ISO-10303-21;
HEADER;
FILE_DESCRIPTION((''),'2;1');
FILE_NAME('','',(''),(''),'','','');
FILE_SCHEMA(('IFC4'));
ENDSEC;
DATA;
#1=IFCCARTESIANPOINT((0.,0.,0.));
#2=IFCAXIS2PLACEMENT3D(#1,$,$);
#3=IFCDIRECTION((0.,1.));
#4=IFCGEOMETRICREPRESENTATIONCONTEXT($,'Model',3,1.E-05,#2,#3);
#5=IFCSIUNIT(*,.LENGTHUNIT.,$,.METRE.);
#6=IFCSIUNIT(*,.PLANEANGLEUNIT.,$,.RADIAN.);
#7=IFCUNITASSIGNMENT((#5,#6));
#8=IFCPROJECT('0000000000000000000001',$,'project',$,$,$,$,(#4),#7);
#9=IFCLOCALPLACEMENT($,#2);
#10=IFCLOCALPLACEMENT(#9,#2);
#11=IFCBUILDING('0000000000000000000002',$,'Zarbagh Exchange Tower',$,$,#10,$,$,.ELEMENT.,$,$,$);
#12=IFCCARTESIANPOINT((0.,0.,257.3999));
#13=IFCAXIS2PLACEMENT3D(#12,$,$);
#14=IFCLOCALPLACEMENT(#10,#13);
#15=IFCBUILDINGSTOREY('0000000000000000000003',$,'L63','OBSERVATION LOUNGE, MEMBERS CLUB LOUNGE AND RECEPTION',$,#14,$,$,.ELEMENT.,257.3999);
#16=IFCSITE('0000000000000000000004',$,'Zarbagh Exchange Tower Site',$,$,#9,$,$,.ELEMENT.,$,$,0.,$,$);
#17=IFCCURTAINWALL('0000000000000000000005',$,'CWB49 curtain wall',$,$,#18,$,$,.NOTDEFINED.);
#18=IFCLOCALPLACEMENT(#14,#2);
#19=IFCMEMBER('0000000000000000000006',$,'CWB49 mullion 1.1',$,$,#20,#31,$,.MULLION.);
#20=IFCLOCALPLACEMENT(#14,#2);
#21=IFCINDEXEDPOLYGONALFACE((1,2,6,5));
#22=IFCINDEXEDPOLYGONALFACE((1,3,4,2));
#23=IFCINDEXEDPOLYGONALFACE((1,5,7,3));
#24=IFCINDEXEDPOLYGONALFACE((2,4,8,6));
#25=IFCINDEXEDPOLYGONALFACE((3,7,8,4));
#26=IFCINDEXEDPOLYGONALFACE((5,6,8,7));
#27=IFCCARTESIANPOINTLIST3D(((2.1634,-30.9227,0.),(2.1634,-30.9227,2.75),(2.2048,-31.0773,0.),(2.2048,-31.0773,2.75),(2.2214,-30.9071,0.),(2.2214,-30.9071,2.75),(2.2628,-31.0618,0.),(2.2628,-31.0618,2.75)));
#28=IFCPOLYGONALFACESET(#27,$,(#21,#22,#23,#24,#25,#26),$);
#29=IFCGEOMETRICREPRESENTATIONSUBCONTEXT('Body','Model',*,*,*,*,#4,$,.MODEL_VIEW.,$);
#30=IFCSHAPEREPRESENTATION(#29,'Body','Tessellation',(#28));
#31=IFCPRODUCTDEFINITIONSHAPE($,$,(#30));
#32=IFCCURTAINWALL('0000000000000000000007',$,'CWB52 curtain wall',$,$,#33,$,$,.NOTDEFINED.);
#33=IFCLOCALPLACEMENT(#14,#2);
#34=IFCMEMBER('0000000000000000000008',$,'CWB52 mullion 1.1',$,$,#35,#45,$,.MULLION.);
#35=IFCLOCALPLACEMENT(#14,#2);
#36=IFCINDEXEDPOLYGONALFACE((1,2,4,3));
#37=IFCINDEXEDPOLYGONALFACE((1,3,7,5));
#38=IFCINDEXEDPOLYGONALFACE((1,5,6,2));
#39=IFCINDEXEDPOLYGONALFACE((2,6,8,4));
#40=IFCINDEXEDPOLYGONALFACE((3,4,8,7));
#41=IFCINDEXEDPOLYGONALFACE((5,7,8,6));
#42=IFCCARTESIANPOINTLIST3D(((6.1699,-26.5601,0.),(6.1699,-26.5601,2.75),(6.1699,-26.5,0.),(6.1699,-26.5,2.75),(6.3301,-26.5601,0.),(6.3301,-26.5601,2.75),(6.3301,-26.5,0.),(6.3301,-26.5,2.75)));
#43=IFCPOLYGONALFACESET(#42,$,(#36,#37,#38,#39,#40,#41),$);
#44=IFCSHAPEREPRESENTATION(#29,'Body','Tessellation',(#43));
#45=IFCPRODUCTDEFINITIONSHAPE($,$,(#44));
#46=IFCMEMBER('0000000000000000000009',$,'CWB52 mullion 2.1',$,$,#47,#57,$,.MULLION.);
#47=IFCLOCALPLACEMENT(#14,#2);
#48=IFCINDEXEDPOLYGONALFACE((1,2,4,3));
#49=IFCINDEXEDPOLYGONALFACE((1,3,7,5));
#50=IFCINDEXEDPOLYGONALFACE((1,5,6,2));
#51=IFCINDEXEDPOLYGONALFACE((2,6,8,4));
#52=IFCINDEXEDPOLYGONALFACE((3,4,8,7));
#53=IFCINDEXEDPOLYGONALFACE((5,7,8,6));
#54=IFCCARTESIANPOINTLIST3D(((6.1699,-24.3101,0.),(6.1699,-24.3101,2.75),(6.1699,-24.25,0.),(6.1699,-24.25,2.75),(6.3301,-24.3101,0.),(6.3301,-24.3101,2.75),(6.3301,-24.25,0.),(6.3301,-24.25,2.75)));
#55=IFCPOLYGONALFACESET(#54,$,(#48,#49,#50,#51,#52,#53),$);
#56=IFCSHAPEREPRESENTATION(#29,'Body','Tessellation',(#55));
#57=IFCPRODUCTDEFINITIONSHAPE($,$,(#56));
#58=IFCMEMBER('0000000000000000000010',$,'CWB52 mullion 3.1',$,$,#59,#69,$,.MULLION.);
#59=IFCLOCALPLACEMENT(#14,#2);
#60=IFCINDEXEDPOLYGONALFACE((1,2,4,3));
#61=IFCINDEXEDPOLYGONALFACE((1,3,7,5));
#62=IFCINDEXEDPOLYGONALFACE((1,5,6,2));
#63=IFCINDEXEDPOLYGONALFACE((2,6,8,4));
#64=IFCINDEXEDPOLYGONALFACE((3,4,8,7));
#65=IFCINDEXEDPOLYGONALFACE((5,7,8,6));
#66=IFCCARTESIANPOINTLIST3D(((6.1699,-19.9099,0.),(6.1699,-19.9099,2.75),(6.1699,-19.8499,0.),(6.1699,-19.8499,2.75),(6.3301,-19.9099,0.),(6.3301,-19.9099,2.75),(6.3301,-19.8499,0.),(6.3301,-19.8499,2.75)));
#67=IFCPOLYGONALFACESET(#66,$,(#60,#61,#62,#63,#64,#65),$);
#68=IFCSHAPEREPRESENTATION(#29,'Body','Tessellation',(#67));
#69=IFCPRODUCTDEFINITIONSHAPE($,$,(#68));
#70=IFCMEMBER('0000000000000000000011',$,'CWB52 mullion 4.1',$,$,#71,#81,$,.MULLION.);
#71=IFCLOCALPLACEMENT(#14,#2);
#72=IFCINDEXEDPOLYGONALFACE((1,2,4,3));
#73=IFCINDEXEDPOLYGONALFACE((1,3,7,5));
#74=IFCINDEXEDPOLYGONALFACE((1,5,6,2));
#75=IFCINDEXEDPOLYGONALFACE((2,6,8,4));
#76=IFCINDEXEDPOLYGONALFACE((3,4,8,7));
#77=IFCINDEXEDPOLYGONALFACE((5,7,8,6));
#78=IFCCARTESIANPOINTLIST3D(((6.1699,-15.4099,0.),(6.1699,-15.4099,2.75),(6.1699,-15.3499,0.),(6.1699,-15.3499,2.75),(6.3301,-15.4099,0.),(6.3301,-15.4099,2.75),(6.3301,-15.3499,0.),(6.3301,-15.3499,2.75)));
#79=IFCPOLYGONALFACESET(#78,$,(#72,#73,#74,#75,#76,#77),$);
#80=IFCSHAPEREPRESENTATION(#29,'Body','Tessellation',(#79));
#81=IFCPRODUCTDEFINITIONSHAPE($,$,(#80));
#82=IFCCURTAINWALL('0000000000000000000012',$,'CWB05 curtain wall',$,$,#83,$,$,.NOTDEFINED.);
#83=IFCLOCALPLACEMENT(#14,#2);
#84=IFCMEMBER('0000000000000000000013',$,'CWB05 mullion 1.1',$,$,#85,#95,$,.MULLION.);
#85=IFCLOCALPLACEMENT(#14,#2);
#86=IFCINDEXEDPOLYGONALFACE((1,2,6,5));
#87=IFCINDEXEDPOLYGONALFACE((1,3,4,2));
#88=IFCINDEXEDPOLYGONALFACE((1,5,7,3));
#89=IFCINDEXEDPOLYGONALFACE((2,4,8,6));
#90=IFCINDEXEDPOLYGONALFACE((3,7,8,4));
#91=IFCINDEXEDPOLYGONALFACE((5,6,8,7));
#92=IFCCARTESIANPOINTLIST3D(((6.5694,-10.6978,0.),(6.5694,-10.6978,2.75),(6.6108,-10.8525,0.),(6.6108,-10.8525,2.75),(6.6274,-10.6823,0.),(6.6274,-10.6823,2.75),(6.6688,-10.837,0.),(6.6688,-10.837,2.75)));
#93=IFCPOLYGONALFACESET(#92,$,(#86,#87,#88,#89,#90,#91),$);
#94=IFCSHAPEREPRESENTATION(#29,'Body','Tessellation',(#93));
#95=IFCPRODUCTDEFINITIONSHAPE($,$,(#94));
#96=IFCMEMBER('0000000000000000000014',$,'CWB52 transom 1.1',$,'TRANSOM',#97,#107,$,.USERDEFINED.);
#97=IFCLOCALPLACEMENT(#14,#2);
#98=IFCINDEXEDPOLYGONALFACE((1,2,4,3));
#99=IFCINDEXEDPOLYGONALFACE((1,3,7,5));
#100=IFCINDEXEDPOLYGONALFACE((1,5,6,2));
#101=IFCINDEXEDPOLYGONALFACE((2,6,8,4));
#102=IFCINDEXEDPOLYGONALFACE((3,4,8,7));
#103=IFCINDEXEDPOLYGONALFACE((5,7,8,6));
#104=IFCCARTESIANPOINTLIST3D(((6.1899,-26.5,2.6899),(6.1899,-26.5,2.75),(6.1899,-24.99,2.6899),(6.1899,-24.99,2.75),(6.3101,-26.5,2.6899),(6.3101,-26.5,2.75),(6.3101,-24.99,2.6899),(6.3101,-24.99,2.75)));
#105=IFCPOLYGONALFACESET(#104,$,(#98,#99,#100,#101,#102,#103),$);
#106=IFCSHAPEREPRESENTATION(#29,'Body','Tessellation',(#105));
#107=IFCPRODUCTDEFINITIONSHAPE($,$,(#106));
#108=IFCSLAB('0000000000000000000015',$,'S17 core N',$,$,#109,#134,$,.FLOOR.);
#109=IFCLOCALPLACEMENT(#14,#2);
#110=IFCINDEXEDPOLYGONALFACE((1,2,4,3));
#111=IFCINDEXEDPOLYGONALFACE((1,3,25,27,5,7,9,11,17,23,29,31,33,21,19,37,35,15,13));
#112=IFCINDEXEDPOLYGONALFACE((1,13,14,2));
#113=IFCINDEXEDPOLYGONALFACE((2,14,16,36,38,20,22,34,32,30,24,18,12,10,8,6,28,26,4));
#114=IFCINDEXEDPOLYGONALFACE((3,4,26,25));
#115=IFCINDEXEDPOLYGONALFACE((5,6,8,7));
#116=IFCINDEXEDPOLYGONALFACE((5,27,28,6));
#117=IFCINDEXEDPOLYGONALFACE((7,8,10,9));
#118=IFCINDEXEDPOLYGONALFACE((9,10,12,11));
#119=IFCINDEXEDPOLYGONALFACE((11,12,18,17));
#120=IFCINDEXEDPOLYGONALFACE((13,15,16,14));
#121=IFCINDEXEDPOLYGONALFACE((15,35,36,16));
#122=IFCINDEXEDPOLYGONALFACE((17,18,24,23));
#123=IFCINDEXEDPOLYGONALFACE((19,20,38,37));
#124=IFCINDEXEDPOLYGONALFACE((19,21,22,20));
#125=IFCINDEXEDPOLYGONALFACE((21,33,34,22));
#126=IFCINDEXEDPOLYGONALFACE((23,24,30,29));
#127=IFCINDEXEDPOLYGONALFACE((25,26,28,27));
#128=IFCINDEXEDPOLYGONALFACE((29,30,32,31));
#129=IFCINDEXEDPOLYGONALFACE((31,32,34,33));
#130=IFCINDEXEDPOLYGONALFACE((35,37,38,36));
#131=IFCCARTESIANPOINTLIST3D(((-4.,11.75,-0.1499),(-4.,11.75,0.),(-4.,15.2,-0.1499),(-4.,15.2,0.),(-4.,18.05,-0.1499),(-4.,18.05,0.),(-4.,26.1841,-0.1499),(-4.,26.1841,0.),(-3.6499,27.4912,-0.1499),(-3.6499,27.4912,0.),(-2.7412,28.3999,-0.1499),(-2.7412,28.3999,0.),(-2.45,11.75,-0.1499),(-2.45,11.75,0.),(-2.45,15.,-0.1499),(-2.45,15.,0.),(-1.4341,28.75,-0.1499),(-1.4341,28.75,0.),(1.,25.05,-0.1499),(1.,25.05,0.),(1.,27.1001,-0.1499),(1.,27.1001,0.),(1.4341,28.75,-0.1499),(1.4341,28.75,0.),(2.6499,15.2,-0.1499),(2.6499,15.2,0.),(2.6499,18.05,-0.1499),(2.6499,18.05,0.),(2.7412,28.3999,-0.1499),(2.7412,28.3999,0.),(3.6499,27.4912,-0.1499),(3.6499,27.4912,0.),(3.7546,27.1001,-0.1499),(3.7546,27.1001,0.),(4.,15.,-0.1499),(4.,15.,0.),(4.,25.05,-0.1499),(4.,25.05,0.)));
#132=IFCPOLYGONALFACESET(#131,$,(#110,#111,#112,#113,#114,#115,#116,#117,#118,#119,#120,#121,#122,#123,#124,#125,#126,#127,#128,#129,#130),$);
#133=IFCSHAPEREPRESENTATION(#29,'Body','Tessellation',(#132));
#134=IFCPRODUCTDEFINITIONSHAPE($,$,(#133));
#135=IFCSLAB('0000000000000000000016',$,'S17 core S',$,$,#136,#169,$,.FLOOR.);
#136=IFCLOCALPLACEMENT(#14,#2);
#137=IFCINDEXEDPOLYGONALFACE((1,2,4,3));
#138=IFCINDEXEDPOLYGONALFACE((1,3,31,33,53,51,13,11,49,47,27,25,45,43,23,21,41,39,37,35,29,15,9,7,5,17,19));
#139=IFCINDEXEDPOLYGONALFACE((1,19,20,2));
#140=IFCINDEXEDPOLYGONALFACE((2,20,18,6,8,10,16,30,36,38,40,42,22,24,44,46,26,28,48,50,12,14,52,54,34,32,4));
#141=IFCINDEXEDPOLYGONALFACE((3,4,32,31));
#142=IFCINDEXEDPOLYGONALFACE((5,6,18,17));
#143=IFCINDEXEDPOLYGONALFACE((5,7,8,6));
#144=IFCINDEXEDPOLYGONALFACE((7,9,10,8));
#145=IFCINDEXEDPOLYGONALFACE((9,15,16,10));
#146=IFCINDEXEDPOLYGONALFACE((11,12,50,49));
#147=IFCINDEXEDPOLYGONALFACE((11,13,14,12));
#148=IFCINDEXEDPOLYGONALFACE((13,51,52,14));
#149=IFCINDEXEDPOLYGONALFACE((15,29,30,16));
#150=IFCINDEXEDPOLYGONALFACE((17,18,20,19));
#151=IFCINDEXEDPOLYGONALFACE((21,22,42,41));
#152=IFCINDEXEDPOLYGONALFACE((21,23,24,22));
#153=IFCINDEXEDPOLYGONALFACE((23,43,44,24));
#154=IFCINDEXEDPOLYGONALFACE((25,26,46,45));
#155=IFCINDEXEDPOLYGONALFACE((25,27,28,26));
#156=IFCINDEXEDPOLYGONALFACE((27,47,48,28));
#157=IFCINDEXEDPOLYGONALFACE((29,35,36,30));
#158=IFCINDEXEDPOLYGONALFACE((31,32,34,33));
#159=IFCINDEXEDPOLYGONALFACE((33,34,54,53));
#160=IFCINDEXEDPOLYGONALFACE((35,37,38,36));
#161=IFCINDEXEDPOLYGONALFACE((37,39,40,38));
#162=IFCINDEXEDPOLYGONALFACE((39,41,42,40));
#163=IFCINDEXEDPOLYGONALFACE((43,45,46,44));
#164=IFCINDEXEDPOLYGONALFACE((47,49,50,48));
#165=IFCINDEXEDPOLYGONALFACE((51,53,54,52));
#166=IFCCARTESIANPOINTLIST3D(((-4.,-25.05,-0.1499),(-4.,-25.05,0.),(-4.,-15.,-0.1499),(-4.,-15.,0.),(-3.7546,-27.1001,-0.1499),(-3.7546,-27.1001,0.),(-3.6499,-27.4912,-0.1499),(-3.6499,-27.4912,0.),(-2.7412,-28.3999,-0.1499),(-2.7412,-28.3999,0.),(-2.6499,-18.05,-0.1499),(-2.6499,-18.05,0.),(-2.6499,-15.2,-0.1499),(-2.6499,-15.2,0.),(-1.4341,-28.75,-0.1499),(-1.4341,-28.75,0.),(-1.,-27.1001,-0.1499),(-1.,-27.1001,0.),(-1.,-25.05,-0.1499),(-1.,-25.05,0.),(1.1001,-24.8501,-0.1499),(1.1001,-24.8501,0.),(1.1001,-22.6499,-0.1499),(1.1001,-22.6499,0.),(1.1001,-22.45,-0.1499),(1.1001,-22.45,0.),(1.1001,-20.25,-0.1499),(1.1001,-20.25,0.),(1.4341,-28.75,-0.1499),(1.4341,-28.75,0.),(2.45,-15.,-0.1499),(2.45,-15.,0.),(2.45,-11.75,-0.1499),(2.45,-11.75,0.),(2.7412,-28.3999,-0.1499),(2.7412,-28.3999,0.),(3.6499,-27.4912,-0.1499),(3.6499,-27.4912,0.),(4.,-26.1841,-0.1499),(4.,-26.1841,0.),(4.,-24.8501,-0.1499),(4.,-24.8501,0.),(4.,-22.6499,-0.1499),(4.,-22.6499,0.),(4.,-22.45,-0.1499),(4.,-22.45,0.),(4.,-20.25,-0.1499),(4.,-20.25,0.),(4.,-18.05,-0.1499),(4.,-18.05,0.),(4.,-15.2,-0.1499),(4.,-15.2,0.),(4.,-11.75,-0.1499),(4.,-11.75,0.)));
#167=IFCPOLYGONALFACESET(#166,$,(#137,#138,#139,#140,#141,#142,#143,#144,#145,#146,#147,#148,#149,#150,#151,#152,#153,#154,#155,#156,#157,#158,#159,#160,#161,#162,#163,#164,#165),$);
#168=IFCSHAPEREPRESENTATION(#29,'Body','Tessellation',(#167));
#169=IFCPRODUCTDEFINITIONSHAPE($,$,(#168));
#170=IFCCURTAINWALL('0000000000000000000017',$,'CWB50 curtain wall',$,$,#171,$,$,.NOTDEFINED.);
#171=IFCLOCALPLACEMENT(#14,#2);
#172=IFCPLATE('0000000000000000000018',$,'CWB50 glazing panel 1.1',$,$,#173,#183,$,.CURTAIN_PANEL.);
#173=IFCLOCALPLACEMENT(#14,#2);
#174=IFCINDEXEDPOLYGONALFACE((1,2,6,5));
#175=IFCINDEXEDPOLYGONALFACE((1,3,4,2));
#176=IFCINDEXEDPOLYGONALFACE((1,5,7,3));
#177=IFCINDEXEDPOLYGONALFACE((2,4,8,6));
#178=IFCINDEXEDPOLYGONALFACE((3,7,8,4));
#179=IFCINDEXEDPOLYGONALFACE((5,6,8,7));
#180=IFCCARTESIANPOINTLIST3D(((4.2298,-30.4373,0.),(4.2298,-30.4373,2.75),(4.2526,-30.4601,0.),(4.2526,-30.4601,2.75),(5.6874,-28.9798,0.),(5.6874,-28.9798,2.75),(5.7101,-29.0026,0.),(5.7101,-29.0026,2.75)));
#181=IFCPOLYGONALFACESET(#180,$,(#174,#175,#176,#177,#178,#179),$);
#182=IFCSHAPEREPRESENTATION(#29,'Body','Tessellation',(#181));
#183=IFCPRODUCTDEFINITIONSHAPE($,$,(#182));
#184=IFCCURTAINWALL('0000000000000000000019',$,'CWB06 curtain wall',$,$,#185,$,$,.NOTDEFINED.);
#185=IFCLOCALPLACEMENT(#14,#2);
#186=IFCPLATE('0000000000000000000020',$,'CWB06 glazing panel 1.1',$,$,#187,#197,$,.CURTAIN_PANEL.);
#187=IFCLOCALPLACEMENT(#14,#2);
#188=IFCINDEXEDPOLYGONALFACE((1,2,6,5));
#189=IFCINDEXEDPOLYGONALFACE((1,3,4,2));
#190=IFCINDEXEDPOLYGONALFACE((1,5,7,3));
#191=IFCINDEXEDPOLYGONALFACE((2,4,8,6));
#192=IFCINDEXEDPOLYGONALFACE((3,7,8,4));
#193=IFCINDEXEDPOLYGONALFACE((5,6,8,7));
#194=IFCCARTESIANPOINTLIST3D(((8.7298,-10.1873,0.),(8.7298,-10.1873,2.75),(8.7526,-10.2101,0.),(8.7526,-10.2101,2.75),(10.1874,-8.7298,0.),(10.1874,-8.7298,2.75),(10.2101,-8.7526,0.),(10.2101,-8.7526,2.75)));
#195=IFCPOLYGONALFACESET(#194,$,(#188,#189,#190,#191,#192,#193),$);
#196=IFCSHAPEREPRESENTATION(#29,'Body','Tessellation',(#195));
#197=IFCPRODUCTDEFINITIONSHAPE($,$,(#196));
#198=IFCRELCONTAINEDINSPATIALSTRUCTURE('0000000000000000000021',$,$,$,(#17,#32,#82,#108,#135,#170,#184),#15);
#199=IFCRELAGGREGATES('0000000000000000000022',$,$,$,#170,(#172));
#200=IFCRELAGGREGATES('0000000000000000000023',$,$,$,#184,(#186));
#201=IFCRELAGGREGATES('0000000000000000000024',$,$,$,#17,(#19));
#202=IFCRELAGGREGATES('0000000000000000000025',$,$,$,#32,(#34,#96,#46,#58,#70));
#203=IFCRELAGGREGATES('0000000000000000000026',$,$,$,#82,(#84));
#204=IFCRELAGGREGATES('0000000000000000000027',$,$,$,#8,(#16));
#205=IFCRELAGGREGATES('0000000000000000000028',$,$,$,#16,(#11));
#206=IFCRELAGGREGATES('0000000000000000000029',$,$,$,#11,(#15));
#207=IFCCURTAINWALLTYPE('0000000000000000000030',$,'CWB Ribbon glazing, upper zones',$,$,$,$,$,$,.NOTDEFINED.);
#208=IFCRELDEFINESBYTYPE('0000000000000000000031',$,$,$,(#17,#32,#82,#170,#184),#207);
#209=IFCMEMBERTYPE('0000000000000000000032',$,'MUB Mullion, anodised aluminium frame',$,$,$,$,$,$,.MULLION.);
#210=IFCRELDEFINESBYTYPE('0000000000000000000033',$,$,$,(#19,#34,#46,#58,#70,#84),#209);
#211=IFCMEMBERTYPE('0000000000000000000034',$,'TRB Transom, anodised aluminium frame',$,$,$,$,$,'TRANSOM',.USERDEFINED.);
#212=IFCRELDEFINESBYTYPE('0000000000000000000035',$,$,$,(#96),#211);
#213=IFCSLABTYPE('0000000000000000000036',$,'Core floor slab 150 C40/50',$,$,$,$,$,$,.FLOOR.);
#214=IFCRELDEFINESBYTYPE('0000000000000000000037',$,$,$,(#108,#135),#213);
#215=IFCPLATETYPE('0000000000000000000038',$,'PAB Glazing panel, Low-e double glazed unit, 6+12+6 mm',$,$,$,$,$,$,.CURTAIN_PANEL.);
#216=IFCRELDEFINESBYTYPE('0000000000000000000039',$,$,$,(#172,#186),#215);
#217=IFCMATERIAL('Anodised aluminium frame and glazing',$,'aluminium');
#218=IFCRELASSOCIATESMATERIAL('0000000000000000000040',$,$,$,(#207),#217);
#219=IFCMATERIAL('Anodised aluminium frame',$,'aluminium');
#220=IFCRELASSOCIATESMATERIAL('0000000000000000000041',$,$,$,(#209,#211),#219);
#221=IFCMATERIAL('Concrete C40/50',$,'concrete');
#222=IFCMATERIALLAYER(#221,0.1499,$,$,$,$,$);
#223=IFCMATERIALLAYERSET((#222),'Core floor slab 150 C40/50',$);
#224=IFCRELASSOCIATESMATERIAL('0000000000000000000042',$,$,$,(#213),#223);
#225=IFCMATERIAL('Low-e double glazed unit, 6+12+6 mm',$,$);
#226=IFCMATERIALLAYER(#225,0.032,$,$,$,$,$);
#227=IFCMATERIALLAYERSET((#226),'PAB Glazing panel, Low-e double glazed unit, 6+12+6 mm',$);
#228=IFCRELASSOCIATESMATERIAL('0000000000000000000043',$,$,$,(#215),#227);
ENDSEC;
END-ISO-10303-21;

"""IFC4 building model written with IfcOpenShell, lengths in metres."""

from ifc_helpers import new_model, si_unit, direction, frame, origin, place, context, subcontext, project, spatial, polyline, outline, extrude, source, transform, mapped, material, layer, layer_set, type_object, element, aggregate, save


model = new_model("IFC4")

# Units and contexts
model_context = context("Model", 3, precision=1e-05, world=origin(), true_north=direction((0.0, 1.0)))
body_context = subcontext(model_context, "Body", "Model", "MODEL_VIEW")
ifc_project = project(units=[si_unit("LENGTHUNIT", "METRE"), si_unit("PLANEANGLEUNIT", "RADIAN")], contexts=[model_context])

# Site, building, storey
site_placement = place(None, origin())
site = spatial("IfcSite", under=ifc_project, at=site_placement, Name="Zarbagh Exchange Tower Site", CompositionType="ELEMENT", RefElevation=0.0)
building_placement = place(site_placement, origin())
building = spatial("IfcBuilding", under=site, at=building_placement, Name="Zarbagh Exchange Tower", CompositionType="ELEMENT")
storey_placement = place(building_placement, frame((0.0, 0.0, 257.3999)))
storey = spatial("IfcBuildingStorey", under=building, at=storey_placement, Name="L63", Description="OBSERVATION LOUNGE, MEMBERS CLUB LOUNGE AND RECEPTION", CompositionType="ELEMENT", Elevation=257.3999)

# Curtain wall, member
ifc_material_1 = material(Name="Anodised aluminium frame and glazing", Category="aluminium")
curtain_wall_type = type_object("IfcCurtainWallType", Name="CWB Ribbon glazing, upper zones", PredefinedType="NOTDEFINED", material=ifc_material_1)
curtain_wall_1_placement = place(storey_placement, origin())
curtain_wall_1 = element("IfcCurtainWall", 1, at=curtain_wall_1_placement, inside=storey, type_object=curtain_wall_type, Name="CWB49 curtain wall", PredefinedType="NOTDEFINED")
ifc_material_2 = material(Name="Anodised aluminium frame", Category="aluminium")
member_type_1 = type_object("IfcMemberType", Name="MUB Mullion, anodised aluminium frame", PredefinedType="MULLION", material=ifc_material_2)
shared_shape_1 = source(origin(), body_context, "Body", "SweptSolid", [
    extrude(outline(polyline([(0.0, -0.0801), (0.0601, -0.0801), (0.0601, 0.0801), (0.0, 0.0801), (0.0, -0.0801)])), origin(), (0.0, 0.0, 1.0), 2.75),
])
placement = place(storey_placement, origin())
member_1 = element("IfcMember", 2, at=placement, type_object=member_type_1, Name="CWB49 mullion 1.1", PredefinedType="MULLION", context=body_context, shape_type="MappedRepresentation", body=[
    mapped(shared_shape_1, transform((2.1841, -31.0, 0.0), x_axis=(0.965924, 0.258825, 0.0), y_axis=(-0.258825, 0.965924, 0.0), z_axis=(0.0, 0.0, 1.0))),
])

# Curtain wall, members
curtain_wall_2_placement = place(storey_placement, origin())
curtain_wall_2 = element("IfcCurtainWall", 3, at=curtain_wall_2_placement, inside=storey, type_object=curtain_wall_type, Name="CWB52 curtain wall", PredefinedType="NOTDEFINED")
member_2 = element("IfcMember", 4, at=placement, type_object=member_type_1, Name="CWB52 mullion 1.1", PredefinedType="MULLION", context=body_context, shape_type="MappedRepresentation", body=[
    mapped(shared_shape_1, transform((6.25, -26.5601, 0.0), x_axis=(0.0, 1.0, 0.0), y_axis=(-1.0, 0.0, 0.0), z_axis=(0.0, 0.0, 1.0))),
])
member_3 = element("IfcMember", 5, at=placement, type_object=member_type_1, Name="CWB52 mullion 2.1", PredefinedType="MULLION", context=body_context, shape_type="MappedRepresentation", body=[
    mapped(shared_shape_1, transform((6.25, -24.3101, 0.0), x_axis=(0.0, 1.0, 0.0), y_axis=(-1.0, 0.0, 0.0), z_axis=(0.0, 0.0, 1.0))),
])
member_4 = element("IfcMember", 6, at=placement, type_object=member_type_1, Name="CWB52 mullion 3.1", PredefinedType="MULLION", context=body_context, shape_type="MappedRepresentation", body=[
    mapped(shared_shape_1, transform((6.25, -19.9099, 0.0), x_axis=(0.0, 1.0, 0.0), y_axis=(-1.0, 0.0, 0.0), z_axis=(0.0, 0.0, 1.0))),
])
member_5 = element("IfcMember", 7, at=placement, type_object=member_type_1, Name="CWB52 mullion 4.1", PredefinedType="MULLION", context=body_context, shape_type="MappedRepresentation", body=[
    mapped(shared_shape_1, transform((6.25, -15.4099, 0.0), x_axis=(0.0, 1.0, 0.0), y_axis=(-1.0, 0.0, 0.0), z_axis=(0.0, 0.0, 1.0))),
])

# Curtain wall, member
curtain_wall_3_placement = place(storey_placement, origin())
curtain_wall_3 = element("IfcCurtainWall", 8, at=curtain_wall_3_placement, inside=storey, type_object=curtain_wall_type, Name="CWB05 curtain wall", PredefinedType="NOTDEFINED")
member_6 = element("IfcMember", 9, at=placement, type_object=member_type_1, Name="CWB05 mullion 1.1", PredefinedType="MULLION", context=body_context, shape_type="MappedRepresentation", body=[
    mapped(shared_shape_1, transform((6.5901, -10.7751, 0.0), x_axis=(0.965924, 0.258825, 0.0), y_axis=(-0.258825, 0.965924, 0.0), z_axis=(0.0, 0.0, 1.0))),
])

# Member
member_type_2 = type_object("IfcMemberType", Name="TRB Transom, anodised aluminium frame", ElementType="TRANSOM", PredefinedType="USERDEFINED", material=ifc_material_2)
shared_shape_2 = source(origin(), body_context, "Body", "SweptSolid", [
    extrude(outline(polyline([(-0.0601, -0.0601), (0.0, -0.0601), (0.0, 0.0601), (-0.0601, 0.0601), (-0.0601, -0.0601)])), origin(), (0.0, 0.0, 1.0), 1.51),
])
member_7 = element("IfcMember", 10, at=placement, type_object=member_type_2, Name="CWB52 transom 1.1", ObjectType="TRANSOM", PredefinedType="USERDEFINED", context=body_context, shape_type="MappedRepresentation", body=[
    mapped(shared_shape_2, transform((6.25, -26.5, 2.75), x_axis=(0.0, 0.0, 1.0), y_axis=(1.0, 0.0, 0.0), z_axis=(0.0, 1.0, 0.0))),
])

# Slabs
ifc_material_3 = material(Name="Concrete C40/50", Category="concrete")
ifc_layer_1 = layer(ifc_material_3, 0.1499)
ifc_layer_set_1 = layer_set([ifc_layer_1], Name="Core floor slab 150 C40/50")
slab_type = type_object("IfcSlabType", Name="Core floor slab 150 C40/50", PredefinedType="FLOOR", material=ifc_layer_set_1)
slab_1_placement = place(storey_placement, frame((0.0, 0.0, -0.1499)))
element("IfcSlab", 11, at=slab_1_placement, inside=storey, type_object=slab_type, Name="S17 core N", PredefinedType="FLOOR", context=body_context, shape_type="SweptSolid", body=[
    extrude(outline(polyline([(-4.0, 11.75), (-4.0, 15.2), (2.6499, 15.2), (2.6499, 18.05), (-4.0, 18.05), (-4.0, 26.1841), (-3.6499, 27.4912), (-2.7412, 28.3999), (-1.4341, 28.75), (1.4341, 28.75), (2.7412, 28.3999), (3.6499, 27.4912), (3.8577, 26.7151), (3.7546, 27.1001), (1.0, 27.1001), (1.0, 25.05), (4.0, 25.05), (4.0, 15.0), (-2.45, 15.0), (-2.45, 11.75), (-4.0, 11.75)])), origin(), (0.0, 0.0, 1.0), 0.1499),
])
slab_2_placement = place(storey_placement, frame((0.0, 0.0, -0.1499)))
element("IfcSlab", 12, at=slab_2_placement, inside=storey, type_object=slab_type, Name="S17 core S", PredefinedType="FLOOR", context=body_context, shape_type="SweptSolid", body=[
    extrude(outline(polyline([(-2.7412, -28.3999), (-3.6499, -27.4912), (-3.8577, -26.7151), (-3.7546, -27.1001), (-1.0, -27.1001), (-1.0, -25.05), (-4.0, -25.05), (-4.0, -15.0), (2.45, -15.0), (2.45, -11.75), (4.0, -11.75), (4.0, -15.2), (-2.6499, -15.2), (-2.6499, -18.05), (4.0, -18.05), (4.0, -20.25), (1.1001, -20.25), (1.1001, -22.45), (4.0, -22.45), (4.0, -22.6499), (1.1001, -22.6499), (1.1001, -24.8501), (4.0, -24.8501), (4.0, -26.1841), (3.6499, -27.4912), (2.7412, -28.3999), (1.4341, -28.75), (-1.4341, -28.75), (-2.7412, -28.3999)])), origin(), (0.0, 0.0, 1.0), 0.1499),
])

# Curtain walls, plates
curtain_wall_4_placement = place(storey_placement, origin())
curtain_wall_4 = element("IfcCurtainWall", 13, at=curtain_wall_4_placement, inside=storey, type_object=curtain_wall_type, Name="CWB50 curtain wall", PredefinedType="NOTDEFINED")
ifc_material_4 = material(Name="Low-e double glazed unit, 6+12+6 mm")
ifc_layer_2 = layer(ifc_material_4, 0.032)
ifc_layer_set_2 = layer_set([ifc_layer_2], Name="PAB Glazing panel, Low-e double glazed unit, 6+12+6 mm")
plate_type = type_object("IfcPlateType", Name="PAB Glazing panel, Low-e double glazed unit, 6+12+6 mm", PredefinedType="CURTAIN_PANEL", material=ifc_layer_set_2)
shared_shape_3 = source(origin(), body_context, "Body", "SweptSolid", [
    extrude(outline(polyline([(0.0, -0.0161), (2.0613, -0.0161), (2.0613, 0.0161), (0.0, 0.0161), (0.0, -0.0161)])), origin(), (0.0, 0.0, 1.0), 2.75),
])
plate_1 = element("IfcPlate", 14, at=placement, type_object=plate_type, Name="CWB50 glazing panel 1.1", PredefinedType="CURTAIN_PANEL", context=body_context, shape_type="MappedRepresentation", body=[
    mapped(shared_shape_3, transform((4.2412, -30.4487, 0.0), x_axis=(0.707107, 0.707107, 0.0), y_axis=(-0.707107, 0.707107, 0.0), z_axis=(0.0, 0.0, 1.0))),
])
aggregate(curtain_wall_4, [plate_1])
curtain_wall_5_placement = place(storey_placement, origin())
curtain_wall_5 = element("IfcCurtainWall", 15, at=curtain_wall_5_placement, inside=storey, type_object=curtain_wall_type, Name="CWB06 curtain wall", PredefinedType="NOTDEFINED")
plate_2 = element("IfcPlate", 16, at=placement, type_object=plate_type, Name="CWB06 glazing panel 1.1", PredefinedType="CURTAIN_PANEL", context=body_context, shape_type="MappedRepresentation", body=[
    mapped(shared_shape_3, transform((8.7412, -10.1987, 0.0), x_axis=(0.707107, 0.707107, 0.0), y_axis=(-0.707107, 0.707107, 0.0), z_axis=(0.0, 0.0, 1.0))),
])
aggregate(curtain_wall_5, [plate_2])

aggregate(curtain_wall_1, [member_1])

aggregate(curtain_wall_2, [member_2, member_7, member_3, member_4, member_5])
aggregate(curtain_wall_3, [member_6])

save(model, "model.ifc")
